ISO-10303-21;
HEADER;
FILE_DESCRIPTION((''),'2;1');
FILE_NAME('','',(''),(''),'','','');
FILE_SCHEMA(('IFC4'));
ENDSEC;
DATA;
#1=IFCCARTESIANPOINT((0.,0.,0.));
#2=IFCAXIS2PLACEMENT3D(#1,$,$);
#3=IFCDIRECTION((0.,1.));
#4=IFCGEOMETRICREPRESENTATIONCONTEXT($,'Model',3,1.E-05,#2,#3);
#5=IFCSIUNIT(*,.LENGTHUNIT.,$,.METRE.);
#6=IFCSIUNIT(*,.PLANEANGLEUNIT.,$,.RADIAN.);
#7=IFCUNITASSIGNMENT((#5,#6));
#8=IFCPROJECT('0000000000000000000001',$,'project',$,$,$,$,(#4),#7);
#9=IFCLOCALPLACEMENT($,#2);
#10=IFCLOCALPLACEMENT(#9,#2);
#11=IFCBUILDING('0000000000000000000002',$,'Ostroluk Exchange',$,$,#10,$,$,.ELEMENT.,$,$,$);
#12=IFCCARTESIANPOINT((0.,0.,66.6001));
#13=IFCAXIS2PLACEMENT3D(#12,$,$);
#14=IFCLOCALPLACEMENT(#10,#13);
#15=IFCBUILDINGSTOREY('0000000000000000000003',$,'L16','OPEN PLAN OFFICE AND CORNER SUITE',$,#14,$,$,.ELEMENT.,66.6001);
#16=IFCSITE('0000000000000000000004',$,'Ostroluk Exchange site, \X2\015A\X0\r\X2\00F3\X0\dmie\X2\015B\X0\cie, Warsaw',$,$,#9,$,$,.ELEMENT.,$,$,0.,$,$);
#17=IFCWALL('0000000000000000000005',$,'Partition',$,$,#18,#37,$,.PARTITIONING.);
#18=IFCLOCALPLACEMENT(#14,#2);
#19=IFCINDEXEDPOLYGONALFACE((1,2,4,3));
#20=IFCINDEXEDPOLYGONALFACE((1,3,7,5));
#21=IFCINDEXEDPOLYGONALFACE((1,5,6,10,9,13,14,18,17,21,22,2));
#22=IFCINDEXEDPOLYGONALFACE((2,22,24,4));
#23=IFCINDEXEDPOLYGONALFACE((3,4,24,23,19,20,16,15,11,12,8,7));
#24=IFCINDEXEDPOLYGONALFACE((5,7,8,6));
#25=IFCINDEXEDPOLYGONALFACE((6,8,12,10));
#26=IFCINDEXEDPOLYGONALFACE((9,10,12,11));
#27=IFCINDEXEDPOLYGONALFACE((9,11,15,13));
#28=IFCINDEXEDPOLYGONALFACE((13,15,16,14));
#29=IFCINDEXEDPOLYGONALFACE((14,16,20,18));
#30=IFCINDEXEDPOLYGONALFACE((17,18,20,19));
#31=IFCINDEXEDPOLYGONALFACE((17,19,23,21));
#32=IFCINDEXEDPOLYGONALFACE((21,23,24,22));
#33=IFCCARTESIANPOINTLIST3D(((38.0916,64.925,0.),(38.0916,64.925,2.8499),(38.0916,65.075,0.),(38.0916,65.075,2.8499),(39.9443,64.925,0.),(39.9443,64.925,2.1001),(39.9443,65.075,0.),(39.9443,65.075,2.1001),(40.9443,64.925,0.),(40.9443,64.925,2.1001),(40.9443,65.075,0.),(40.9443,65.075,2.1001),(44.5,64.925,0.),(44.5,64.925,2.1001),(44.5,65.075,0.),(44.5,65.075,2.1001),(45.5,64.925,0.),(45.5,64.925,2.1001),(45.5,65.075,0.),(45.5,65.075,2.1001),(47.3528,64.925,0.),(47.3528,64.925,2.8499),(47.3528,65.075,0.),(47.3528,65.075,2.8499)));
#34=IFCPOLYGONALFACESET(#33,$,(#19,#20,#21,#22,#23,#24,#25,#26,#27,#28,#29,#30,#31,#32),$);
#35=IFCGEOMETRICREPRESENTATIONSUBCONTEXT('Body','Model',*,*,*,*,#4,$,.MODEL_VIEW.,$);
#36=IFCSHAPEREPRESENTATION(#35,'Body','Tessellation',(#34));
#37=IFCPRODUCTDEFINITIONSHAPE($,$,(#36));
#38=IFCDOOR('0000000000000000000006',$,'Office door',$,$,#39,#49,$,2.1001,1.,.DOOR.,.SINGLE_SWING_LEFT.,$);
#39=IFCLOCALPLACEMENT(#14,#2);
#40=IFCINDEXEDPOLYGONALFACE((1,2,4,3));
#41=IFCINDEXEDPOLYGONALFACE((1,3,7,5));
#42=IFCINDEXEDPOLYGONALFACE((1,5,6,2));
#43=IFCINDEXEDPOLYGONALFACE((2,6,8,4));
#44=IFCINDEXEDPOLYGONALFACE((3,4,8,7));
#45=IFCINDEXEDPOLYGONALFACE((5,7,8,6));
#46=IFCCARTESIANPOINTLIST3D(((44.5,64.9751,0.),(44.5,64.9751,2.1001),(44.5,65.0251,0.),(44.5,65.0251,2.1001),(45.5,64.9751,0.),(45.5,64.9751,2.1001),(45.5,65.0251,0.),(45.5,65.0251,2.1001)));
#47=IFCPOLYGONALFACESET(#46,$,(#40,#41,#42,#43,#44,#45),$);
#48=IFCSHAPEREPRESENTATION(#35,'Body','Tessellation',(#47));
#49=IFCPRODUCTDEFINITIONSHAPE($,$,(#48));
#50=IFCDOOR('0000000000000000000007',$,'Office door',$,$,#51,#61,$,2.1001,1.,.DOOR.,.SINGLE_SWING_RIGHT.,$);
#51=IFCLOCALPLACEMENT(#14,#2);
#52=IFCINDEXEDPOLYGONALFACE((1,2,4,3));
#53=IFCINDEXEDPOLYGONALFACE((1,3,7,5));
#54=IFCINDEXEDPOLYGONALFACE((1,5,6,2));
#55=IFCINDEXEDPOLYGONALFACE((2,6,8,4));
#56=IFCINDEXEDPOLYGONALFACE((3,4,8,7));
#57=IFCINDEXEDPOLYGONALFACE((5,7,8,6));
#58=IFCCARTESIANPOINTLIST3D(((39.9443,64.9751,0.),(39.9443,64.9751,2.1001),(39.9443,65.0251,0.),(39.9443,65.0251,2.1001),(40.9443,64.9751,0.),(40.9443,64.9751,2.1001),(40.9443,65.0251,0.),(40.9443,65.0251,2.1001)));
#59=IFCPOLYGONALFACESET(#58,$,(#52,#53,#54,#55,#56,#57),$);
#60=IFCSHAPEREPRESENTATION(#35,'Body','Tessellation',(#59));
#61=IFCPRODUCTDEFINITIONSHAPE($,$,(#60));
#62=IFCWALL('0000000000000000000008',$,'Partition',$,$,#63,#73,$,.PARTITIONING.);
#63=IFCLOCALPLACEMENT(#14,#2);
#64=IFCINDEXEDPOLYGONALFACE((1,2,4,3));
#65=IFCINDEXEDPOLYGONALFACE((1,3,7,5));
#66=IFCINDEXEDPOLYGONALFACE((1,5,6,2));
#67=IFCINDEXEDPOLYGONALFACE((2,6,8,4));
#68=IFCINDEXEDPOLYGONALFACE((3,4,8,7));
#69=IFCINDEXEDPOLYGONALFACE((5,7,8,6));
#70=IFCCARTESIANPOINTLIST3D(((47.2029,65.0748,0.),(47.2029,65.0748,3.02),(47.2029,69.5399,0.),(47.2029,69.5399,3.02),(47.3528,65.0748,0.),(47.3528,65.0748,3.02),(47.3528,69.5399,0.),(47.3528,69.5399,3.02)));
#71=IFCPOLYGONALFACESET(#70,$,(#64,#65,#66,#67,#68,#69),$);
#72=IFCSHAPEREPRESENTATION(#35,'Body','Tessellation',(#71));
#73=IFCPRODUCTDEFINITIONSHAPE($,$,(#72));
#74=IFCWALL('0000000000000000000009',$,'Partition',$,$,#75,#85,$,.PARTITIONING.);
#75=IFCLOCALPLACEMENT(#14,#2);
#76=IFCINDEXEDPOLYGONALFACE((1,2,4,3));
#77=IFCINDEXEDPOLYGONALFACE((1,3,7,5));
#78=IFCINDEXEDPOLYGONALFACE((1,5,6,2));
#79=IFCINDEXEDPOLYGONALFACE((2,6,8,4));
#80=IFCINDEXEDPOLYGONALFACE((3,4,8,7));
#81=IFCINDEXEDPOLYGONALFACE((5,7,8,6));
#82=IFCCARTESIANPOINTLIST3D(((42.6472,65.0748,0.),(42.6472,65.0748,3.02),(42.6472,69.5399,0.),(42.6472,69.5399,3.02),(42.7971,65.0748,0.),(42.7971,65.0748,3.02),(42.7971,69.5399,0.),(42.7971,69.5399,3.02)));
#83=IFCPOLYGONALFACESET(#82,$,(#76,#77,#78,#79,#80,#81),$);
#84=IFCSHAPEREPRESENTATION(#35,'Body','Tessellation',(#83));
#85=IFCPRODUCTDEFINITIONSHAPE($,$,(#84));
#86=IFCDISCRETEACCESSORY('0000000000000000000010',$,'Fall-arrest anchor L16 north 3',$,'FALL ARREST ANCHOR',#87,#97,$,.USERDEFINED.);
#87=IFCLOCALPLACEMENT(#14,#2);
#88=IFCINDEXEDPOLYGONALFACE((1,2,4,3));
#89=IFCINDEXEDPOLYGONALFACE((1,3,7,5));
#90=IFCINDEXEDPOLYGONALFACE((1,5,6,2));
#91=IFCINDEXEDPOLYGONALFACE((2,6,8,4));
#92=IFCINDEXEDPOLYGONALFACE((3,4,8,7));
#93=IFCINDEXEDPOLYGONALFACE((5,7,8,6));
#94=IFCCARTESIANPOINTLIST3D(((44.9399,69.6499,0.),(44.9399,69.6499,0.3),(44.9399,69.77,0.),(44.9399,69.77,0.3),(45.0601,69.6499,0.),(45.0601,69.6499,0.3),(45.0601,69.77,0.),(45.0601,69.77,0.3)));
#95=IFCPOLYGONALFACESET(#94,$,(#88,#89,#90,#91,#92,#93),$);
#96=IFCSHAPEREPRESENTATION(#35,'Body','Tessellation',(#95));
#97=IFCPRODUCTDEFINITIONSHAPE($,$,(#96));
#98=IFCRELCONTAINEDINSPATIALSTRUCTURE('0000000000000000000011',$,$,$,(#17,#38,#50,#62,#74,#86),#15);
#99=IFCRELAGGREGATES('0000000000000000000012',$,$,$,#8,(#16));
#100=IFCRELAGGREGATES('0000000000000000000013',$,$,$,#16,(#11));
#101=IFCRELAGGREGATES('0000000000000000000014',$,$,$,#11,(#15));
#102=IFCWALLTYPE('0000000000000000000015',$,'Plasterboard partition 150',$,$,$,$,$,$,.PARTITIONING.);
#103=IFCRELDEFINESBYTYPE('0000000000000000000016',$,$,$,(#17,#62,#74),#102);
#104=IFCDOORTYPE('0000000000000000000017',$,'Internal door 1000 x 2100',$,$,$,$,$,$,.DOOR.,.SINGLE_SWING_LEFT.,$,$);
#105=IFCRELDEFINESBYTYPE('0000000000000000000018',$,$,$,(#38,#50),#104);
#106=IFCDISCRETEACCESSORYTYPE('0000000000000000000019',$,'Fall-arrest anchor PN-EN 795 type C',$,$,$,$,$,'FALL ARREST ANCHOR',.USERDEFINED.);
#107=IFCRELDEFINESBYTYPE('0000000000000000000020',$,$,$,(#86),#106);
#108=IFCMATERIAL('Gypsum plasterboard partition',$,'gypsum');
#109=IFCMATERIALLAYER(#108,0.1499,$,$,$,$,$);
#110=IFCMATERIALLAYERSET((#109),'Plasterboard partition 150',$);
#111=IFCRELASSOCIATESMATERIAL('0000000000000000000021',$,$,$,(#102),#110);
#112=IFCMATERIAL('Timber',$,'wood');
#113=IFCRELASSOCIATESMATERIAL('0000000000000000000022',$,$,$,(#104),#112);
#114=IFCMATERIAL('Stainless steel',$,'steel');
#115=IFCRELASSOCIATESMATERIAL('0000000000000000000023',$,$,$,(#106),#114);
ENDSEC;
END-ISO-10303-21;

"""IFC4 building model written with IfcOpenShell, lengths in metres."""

from ifc_helpers import new_model, si_unit, direction, frame, frame_2d, origin, origin_2d, place, context, subcontext, project, spatial, rectangle, extrude, material, layer, layer_set, type_object, element, fill, save


model = new_model("IFC4")

# Units and contexts
model_context = context("Model", 3, precision=1e-05, world=origin(), true_north=direction((0.0, 1.0)))
body_context = subcontext(model_context, "Body", "Model", "MODEL_VIEW")
ifc_project = project(units=[si_unit("LENGTHUNIT", "METRE"), si_unit("PLANEANGLEUNIT", "RADIAN")], contexts=[model_context])

# Site, building, storey
site_placement = place(None, origin())
site = spatial("IfcSite", under=ifc_project, at=site_placement, Name="Ostroluk Exchange site, Śródmieście, Warsaw", CompositionType="ELEMENT", RefElevation=0.0)
building_placement = place(site_placement, origin())
building = spatial("IfcBuilding", under=site, at=building_placement, Name="Ostroluk Exchange", CompositionType="ELEMENT")
storey_placement = place(building_placement, frame((0.0, 0.0, 66.6001)))
storey = spatial("IfcBuildingStorey", under=building, at=storey_placement, Name="L16", Description="OPEN PLAN OFFICE AND CORNER SUITE", CompositionType="ELEMENT", Elevation=66.6001)

# Wall, openings, doors
ifc_material_1 = material(Name="Gypsum plasterboard partition", Category="gypsum")
ifc_layer_1 = layer(ifc_material_1, 0.1499)
ifc_layer_set_1 = layer_set([ifc_layer_1], Name="Plasterboard partition 150")
wall_type = type_object("IfcWallType", Name="Plasterboard partition 150", PredefinedType="PARTITIONING", material=ifc_layer_set_1)
wall_placement = place(storey_placement, frame((47.3528, 65.0, 0.0), z_axis=(0.0, 0.0, 1.0), x_axis=(-1.0, 0.0, 0.0)))
wall = element("IfcWall", 1, at=wall_placement, inside=storey, type_object=wall_type, Name="Partition", PredefinedType="PARTITIONING", context=body_context, shape_type="SweptSolid", body=[
    extrude(rectangle(XDim=9.2612, YDim=0.1499, at=frame_2d((4.6306, 0.0))), origin(), (0.0, 0.0, 1.0), 2.8499),
])
opening_1_placement = place(wall_placement, frame((1.8528, 0.0, 0.0)))
opening_1 = element("IfcOpeningElement", 2, at=opening_1_placement, cuts=wall, PredefinedType="OPENING", context=body_context, shape_type="SweptSolid", body=[
    extrude(rectangle(XDim=1.0, YDim=2.1001, at=frame_2d((0.5, 1.05))), frame((0.0, 0.085, 0.0), z_axis=(0.0, -1.0, 0.0), x_axis=(1.0, 0.0, 0.0)), (0.0, 0.0, 1.0), 0.1699),
])
opening_2_placement = place(wall_placement, frame((6.4084, 0.0, 0.0)))
opening_2 = element("IfcOpeningElement", 3, at=opening_2_placement, cuts=wall, PredefinedType="OPENING", context=body_context, shape_type="SweptSolid", body=[
    extrude(rectangle(XDim=1.0, YDim=2.1001, at=frame_2d((0.5, 1.05))), frame((0.0, 0.085, 0.0), z_axis=(0.0, -1.0, 0.0), x_axis=(1.0, 0.0, 0.0)), (0.0, 0.0, 1.0), 0.1699),
])
ifc_material_2 = material(Name="Timber", Category="wood")
door_type = type_object("IfcDoorType", Name="Internal door 1000 x 2100", OperationType="SINGLE_SWING_LEFT", PredefinedType="DOOR", material=ifc_material_2)
door_1_placement = place(opening_1_placement, origin())
door_1 = element("IfcDoor", 4, at=door_1_placement, inside=storey, type_object=door_type, Name="Office door", OperationType="SINGLE_SWING_LEFT", OverallHeight=2.1001, OverallWidth=1.0, PredefinedType="DOOR", context=body_context, shape_type="SweptSolid", body=[
    extrude(rectangle(XDim=1.0, YDim=2.1001, at=frame_2d((0.5, 1.05))), frame((0.0, 0.0249, 0.0), z_axis=(0.0, -1.0, 0.0), x_axis=(1.0, 0.0, 0.0)), (0.0, 0.0, 1.0), 0.05),
])
fill(opening_1, door_1)
door_2_placement = place(opening_2_placement, origin())
door_2 = element("IfcDoor", 5, at=door_2_placement, inside=storey, type_object=door_type, Name="Office door", OperationType="SINGLE_SWING_RIGHT", OverallHeight=2.1001, OverallWidth=1.0, PredefinedType="DOOR", context=body_context, shape_type="SweptSolid", body=[
    extrude(rectangle(XDim=1.0, YDim=2.1001, at=frame_2d((0.5, 1.05))), frame((0.0, 0.0249, 0.0), z_axis=(0.0, -1.0, 0.0), x_axis=(1.0, 0.0, 0.0)), (0.0, 0.0, 1.0), 0.05),
])
fill(opening_2, door_2)

# Walls
for number, where, z_axis, x_axis, name in (
    (6, (47.2778, 65.075, 0.0), (0.0, 0.0, 1.0), (0.0, 1.0, 0.0), "Partition"),
    (7, (42.7222, 65.075, 0.0), (0.0, 0.0, 1.0), (0.0, 1.0, 0.0), "Partition"),
):
    element("IfcWall", number, at=place(storey_placement, frame(where, z_axis=z_axis, x_axis=x_axis)), inside=storey, type_object=wall_type, Name=name, PredefinedType="PARTITIONING", context=body_context, shape_type="SweptSolid", body=[
        extrude(rectangle(XDim=4.4651, YDim=0.1499, at=frame_2d((2.2324, 0.0))), origin(), (0.0, 0.0, 1.0), 3.02),
    ])

# Discrete accessory
ifc_material_3 = material(Name="Stainless steel", Category="steel")
discrete_accessory_type = type_object("IfcDiscreteAccessoryType", Name="Fall-arrest anchor PN-EN 795 type C", ElementType="FALL ARREST ANCHOR", PredefinedType="USERDEFINED", material=ifc_material_3)
discrete_accessory_placement = place(storey_placement, frame((45.0, 69.71, 0.0), z_axis=(0.0, 0.0, 1.0), x_axis=(1.0, 0.0, 0.0)))
element("IfcDiscreteAccessory", 8, at=discrete_accessory_placement, inside=storey, type_object=discrete_accessory_type, Name="Fall-arrest anchor L16 north 3", ObjectType="FALL ARREST ANCHOR", PredefinedType="USERDEFINED", context=body_context, shape_type="SweptSolid", body=[
    extrude(rectangle(XDim=0.1201, YDim=0.1201, at=origin_2d()), origin(), (0.0, 0.0, 1.0), 0.3),
])

save(model, "model.ifc")
